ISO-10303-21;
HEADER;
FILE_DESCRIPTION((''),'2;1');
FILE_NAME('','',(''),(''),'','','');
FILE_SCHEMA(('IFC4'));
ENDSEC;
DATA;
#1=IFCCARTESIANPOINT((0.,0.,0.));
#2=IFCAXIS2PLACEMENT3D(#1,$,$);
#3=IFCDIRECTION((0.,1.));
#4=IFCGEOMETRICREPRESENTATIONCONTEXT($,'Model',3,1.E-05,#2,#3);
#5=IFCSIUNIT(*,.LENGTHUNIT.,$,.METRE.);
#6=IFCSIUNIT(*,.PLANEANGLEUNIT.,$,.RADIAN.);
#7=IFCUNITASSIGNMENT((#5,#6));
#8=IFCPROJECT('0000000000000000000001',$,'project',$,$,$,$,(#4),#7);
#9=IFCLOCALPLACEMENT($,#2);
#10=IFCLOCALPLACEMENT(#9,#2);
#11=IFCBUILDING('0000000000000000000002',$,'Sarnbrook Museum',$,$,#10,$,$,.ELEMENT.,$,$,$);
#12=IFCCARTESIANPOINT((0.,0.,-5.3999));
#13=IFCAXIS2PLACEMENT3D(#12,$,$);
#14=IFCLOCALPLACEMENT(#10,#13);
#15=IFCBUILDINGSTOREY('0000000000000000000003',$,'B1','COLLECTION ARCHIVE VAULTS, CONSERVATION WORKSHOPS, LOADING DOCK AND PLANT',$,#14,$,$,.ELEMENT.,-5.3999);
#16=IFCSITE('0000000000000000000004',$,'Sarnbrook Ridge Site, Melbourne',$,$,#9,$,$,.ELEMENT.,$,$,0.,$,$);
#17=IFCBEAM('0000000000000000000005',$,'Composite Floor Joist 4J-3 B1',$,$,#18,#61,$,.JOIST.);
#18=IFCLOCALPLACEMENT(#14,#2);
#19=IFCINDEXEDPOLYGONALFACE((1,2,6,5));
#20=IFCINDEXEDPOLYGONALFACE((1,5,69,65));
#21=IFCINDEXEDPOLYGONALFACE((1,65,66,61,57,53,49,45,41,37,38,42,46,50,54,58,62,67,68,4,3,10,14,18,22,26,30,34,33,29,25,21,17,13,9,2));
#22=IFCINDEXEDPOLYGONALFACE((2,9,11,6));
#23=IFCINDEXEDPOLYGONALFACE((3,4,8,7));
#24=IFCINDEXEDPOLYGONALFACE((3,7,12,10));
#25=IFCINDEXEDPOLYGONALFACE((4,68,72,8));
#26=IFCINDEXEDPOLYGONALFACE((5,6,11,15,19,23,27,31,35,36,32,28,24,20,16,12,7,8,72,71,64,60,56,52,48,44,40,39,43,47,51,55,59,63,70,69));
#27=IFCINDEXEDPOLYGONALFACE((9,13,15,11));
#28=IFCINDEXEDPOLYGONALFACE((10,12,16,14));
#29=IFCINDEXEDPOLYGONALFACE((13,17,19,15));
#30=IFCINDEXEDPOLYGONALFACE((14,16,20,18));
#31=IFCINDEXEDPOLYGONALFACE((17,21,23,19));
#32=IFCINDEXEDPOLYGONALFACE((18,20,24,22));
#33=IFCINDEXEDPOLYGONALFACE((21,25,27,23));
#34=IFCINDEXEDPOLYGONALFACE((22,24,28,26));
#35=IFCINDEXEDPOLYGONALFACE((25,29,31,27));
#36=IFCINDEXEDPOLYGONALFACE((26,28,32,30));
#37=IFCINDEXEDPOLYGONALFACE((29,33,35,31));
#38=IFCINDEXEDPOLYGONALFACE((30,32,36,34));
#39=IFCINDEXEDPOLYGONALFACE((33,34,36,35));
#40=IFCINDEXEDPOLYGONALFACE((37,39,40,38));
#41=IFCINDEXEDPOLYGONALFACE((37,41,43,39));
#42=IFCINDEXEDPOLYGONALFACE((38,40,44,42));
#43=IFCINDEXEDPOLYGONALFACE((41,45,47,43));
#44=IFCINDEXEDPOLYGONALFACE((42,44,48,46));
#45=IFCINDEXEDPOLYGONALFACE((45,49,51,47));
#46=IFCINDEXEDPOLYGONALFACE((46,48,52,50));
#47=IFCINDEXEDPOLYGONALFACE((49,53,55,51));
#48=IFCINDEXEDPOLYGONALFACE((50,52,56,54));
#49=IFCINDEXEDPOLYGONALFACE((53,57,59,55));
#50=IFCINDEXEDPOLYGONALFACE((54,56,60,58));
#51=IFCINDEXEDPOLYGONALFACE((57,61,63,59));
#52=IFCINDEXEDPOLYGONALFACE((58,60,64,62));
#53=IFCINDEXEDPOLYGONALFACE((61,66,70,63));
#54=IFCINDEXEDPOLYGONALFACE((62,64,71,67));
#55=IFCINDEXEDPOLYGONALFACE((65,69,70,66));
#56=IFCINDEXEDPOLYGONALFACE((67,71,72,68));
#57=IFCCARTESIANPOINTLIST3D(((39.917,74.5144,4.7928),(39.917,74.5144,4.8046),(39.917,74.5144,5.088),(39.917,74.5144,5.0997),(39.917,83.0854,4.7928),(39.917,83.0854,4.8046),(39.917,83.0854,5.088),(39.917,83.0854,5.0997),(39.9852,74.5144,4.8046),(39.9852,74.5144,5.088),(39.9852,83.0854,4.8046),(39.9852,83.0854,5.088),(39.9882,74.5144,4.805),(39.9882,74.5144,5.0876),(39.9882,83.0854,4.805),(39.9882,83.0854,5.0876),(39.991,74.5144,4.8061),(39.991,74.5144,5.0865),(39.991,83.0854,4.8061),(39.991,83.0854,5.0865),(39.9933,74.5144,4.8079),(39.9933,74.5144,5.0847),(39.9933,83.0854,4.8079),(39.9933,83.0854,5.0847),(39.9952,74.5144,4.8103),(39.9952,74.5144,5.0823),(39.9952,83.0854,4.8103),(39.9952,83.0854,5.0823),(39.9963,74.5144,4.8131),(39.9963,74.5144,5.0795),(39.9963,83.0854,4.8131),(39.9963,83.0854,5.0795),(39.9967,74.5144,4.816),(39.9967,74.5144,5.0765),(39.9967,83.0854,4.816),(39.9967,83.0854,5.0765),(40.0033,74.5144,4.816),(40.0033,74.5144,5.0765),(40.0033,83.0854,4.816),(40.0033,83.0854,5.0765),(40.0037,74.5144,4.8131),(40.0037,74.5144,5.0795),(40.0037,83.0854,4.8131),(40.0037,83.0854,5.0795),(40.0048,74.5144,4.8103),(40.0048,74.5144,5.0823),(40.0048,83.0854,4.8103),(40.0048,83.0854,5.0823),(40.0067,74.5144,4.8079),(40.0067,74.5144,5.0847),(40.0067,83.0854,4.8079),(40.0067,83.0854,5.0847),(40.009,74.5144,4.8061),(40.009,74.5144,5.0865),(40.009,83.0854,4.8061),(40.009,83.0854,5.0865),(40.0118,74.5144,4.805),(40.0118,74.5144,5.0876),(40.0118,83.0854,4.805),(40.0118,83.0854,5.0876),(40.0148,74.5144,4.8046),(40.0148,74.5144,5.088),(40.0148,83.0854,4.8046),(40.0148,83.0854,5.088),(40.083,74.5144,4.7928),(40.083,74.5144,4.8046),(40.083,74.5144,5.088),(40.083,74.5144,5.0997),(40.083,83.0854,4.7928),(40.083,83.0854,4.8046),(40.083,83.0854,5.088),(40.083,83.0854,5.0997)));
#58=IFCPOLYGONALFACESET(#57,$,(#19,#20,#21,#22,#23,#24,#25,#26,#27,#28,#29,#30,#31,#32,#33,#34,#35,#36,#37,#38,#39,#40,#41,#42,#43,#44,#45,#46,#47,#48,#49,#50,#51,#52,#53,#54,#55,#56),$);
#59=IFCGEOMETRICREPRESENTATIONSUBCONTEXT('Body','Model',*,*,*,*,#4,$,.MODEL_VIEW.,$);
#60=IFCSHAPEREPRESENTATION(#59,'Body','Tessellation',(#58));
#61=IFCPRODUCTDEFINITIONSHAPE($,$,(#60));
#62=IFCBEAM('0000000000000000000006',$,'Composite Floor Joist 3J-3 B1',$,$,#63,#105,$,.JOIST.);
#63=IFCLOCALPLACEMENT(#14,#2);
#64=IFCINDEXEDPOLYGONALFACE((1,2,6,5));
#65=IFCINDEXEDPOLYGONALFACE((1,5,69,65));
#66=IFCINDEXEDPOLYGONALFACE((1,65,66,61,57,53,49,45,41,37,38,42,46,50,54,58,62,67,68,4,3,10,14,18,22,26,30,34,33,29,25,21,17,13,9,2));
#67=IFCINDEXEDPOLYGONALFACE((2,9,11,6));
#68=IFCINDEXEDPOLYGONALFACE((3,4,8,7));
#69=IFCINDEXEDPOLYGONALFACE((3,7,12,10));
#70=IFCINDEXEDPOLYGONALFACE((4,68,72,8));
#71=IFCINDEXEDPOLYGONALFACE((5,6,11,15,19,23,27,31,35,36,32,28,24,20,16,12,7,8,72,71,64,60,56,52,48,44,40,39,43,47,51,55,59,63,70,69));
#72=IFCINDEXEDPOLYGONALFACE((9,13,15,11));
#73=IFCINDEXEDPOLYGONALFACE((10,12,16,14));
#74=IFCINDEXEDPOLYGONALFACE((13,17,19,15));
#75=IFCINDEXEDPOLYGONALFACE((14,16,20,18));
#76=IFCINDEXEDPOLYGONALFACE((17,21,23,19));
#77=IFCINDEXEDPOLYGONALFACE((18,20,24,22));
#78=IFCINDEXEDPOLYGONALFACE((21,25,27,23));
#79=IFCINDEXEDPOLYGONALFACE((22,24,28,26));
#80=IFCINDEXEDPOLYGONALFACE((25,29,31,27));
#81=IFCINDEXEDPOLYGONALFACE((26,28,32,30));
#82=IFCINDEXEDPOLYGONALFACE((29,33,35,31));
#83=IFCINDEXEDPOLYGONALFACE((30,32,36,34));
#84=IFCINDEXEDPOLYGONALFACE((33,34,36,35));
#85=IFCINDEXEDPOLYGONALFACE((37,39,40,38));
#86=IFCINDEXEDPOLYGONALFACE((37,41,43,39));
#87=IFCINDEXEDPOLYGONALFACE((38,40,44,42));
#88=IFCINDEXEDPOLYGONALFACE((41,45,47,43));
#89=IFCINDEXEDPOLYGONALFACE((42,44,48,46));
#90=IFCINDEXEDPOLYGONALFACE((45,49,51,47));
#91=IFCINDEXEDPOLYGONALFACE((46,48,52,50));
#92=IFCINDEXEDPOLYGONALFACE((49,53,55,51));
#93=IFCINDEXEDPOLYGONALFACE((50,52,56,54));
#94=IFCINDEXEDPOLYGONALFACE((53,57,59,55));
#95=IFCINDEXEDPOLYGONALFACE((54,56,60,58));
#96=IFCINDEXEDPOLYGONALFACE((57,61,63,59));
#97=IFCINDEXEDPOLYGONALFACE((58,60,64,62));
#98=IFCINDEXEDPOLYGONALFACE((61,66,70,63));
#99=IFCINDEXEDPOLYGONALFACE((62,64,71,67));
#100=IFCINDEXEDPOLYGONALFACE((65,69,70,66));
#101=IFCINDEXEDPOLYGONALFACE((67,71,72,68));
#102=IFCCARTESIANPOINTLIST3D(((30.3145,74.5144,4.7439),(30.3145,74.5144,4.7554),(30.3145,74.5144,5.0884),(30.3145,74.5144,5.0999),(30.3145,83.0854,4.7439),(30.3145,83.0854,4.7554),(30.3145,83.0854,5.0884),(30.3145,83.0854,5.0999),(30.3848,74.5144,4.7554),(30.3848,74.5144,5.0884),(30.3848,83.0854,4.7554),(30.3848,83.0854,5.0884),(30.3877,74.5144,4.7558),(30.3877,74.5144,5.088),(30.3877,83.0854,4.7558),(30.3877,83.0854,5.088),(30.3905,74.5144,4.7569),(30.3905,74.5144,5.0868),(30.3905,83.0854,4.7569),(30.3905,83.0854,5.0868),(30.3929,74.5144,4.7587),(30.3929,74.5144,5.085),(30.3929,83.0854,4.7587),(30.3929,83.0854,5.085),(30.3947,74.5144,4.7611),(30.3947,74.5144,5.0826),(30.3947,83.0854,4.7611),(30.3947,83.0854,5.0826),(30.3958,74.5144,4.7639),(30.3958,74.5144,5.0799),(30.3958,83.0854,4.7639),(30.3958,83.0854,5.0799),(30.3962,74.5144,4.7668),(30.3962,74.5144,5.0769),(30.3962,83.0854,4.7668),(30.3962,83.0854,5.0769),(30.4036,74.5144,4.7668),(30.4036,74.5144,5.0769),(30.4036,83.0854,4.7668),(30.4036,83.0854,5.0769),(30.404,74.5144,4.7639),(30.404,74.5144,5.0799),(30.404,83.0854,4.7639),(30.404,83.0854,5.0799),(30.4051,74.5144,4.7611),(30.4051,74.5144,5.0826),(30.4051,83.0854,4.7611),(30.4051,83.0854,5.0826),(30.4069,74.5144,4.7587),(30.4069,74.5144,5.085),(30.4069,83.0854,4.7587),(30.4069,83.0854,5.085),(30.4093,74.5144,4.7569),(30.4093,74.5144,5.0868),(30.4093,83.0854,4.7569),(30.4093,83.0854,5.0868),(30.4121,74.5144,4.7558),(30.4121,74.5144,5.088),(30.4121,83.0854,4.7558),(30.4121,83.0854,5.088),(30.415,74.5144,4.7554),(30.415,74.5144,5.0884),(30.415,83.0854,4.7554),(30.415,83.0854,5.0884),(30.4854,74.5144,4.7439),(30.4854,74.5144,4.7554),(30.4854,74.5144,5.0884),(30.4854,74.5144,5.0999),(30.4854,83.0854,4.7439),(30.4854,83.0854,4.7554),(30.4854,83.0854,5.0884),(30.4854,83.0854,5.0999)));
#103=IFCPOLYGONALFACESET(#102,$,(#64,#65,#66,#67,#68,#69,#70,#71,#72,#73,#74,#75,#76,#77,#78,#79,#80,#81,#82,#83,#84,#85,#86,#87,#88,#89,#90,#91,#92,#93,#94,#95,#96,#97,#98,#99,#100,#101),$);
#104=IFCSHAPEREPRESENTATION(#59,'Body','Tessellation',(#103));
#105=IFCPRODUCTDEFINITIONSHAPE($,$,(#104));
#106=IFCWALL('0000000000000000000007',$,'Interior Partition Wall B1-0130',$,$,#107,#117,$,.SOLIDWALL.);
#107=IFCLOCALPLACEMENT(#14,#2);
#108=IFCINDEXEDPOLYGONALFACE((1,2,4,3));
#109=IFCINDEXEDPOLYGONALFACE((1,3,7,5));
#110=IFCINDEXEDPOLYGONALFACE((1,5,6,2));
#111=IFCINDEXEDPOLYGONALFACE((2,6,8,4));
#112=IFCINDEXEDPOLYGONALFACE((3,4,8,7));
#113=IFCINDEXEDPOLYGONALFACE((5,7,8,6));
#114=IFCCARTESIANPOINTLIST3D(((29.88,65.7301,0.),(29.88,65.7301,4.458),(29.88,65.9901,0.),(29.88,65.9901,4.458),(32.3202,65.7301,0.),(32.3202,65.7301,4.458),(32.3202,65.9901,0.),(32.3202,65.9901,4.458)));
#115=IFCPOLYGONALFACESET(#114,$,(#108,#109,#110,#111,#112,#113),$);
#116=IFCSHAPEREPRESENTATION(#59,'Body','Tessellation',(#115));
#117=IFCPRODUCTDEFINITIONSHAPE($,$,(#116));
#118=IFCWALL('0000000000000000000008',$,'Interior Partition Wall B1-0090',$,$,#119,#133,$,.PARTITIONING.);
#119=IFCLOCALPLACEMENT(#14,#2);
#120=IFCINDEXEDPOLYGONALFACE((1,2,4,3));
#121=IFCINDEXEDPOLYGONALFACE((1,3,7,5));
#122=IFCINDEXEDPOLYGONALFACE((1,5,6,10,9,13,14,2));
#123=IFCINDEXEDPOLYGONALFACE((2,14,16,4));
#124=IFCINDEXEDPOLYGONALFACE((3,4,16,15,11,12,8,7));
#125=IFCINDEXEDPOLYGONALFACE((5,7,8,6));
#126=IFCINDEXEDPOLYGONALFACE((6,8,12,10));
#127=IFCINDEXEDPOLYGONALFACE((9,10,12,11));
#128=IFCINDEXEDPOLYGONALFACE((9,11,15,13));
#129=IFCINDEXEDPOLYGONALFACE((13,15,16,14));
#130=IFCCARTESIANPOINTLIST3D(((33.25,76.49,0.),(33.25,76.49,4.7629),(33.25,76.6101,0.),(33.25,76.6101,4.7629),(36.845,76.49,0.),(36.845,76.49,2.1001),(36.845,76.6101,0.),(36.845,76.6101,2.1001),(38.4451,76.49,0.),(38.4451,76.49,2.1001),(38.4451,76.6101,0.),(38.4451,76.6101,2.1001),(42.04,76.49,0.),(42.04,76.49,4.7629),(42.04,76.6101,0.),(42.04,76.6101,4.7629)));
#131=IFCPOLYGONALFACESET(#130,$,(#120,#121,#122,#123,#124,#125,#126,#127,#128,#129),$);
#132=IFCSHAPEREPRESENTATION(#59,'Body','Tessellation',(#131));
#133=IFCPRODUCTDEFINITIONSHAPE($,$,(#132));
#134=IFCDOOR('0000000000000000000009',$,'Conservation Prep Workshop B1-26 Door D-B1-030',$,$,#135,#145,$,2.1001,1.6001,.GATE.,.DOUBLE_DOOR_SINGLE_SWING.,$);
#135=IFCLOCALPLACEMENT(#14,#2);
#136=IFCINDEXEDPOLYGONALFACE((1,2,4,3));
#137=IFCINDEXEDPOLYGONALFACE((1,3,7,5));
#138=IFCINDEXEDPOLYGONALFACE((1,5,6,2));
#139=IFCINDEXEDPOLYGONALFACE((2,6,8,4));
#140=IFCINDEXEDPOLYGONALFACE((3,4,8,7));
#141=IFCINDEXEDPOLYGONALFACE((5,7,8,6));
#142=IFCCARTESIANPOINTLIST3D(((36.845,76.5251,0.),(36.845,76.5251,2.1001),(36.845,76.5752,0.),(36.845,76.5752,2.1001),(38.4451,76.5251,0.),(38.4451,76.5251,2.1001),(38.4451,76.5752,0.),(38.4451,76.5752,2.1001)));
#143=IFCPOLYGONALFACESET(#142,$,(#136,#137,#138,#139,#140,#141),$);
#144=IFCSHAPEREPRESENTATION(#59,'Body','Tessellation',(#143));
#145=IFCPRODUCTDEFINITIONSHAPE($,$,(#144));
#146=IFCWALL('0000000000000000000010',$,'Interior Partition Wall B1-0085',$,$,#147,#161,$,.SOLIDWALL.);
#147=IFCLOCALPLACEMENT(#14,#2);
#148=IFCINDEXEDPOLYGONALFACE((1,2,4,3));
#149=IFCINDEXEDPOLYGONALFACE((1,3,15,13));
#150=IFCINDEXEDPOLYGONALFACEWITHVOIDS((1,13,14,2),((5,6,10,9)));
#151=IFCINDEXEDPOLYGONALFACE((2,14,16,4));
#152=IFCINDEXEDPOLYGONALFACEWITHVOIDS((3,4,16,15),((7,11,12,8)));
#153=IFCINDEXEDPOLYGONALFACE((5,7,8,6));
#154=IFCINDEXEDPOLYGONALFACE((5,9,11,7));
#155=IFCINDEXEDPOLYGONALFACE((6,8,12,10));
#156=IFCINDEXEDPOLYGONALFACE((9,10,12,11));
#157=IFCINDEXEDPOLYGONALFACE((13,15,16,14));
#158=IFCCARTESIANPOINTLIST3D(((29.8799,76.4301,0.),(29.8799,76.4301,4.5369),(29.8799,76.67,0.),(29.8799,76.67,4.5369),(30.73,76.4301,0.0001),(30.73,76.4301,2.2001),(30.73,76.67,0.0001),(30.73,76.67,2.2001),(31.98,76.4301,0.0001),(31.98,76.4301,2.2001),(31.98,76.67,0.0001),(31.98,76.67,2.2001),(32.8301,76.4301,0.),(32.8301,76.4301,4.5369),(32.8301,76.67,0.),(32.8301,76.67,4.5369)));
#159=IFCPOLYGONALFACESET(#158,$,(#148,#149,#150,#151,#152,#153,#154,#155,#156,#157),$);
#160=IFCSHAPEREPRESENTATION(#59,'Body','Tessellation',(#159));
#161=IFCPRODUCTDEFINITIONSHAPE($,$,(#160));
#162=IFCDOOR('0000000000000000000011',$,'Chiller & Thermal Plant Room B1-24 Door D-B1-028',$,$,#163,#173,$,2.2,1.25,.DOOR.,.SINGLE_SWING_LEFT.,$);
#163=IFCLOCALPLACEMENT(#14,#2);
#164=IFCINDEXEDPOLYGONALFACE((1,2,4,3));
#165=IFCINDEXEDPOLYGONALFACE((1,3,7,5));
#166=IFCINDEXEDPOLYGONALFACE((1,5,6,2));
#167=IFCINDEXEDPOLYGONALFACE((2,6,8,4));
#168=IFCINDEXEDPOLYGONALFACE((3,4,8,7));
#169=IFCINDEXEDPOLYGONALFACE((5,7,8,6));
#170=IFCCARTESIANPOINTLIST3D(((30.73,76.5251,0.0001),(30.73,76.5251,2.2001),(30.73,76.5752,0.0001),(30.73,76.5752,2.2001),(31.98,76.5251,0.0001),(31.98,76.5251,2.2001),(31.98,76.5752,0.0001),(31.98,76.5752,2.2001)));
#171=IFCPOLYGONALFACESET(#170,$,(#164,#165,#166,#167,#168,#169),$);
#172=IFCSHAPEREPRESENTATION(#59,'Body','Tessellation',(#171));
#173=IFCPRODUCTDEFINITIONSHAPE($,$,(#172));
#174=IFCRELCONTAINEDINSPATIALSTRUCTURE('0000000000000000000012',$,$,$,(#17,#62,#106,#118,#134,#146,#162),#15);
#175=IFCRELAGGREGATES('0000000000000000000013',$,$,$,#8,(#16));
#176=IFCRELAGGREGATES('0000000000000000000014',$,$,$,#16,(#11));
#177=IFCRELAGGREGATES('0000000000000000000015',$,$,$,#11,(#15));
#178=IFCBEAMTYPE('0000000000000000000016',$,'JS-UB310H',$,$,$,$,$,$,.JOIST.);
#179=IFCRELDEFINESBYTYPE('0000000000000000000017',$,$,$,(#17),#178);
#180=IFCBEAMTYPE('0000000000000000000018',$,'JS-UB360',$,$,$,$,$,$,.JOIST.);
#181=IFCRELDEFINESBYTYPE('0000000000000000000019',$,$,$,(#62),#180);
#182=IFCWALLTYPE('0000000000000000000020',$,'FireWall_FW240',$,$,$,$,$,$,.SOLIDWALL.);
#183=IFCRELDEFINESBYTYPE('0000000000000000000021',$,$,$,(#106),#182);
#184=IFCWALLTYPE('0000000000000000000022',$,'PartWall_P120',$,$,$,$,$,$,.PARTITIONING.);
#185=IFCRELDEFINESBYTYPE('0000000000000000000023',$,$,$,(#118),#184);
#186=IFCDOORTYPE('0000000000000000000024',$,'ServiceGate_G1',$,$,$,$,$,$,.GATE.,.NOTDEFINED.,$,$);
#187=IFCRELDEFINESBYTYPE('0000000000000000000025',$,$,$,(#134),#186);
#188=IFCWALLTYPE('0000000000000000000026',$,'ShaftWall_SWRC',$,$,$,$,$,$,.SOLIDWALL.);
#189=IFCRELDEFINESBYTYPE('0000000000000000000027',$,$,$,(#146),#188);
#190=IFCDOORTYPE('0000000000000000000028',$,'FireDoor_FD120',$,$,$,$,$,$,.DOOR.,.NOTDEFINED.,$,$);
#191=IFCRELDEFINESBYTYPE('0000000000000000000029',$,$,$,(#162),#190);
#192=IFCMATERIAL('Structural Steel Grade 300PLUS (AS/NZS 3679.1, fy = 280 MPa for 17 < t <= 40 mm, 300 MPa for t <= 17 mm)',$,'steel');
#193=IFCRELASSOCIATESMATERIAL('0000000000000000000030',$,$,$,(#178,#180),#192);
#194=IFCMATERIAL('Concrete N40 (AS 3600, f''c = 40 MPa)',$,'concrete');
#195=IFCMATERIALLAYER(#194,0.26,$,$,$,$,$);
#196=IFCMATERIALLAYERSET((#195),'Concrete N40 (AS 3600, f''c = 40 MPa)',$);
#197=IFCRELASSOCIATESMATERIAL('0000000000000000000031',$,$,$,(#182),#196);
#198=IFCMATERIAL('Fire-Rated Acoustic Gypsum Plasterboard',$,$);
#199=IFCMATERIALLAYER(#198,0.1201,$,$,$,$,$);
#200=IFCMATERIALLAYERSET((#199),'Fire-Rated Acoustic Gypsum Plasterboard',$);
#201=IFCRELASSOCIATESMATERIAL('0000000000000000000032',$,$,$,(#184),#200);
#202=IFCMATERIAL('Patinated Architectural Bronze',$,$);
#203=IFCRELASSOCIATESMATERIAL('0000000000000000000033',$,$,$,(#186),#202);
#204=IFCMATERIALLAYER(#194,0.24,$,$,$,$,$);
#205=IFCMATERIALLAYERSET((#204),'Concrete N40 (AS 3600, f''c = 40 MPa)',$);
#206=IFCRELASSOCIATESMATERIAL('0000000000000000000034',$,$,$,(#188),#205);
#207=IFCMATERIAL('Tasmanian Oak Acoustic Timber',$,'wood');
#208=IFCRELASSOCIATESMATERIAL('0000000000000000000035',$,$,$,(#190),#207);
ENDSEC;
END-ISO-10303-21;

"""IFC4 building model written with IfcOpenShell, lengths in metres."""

from ifc_helpers import new_model, si_unit, direction, frame, frame_2d, origin, origin_2d, place, context, subcontext, project, spatial, rectangle, i_section, extrude, material, layer, layer_set, material_profile, profile_set, type_object, element, fill, save


model = new_model("IFC4")

# Units and contexts
model_context = context("Model", 3, precision=1e-05, world=origin(), true_north=direction((0.0, 1.0)))
body_context = subcontext(model_context, "Body", "Model", "MODEL_VIEW")
ifc_project = project(units=[si_unit("LENGTHUNIT", "METRE"), si_unit("PLANEANGLEUNIT", "RADIAN")], contexts=[model_context])

# Site, building, storey
site_placement = place(None, origin())
site = spatial("IfcSite", under=ifc_project, at=site_placement, Name="Sarnbrook Ridge Site, Melbourne", CompositionType="ELEMENT", RefElevation=0.0)
building_placement = place(site_placement, origin())
building = spatial("IfcBuilding", under=site, at=building_placement, Name="Sarnbrook Museum", CompositionType="ELEMENT")
storey_placement = place(building_placement, frame((0.0, 0.0, -5.3999)))
storey = spatial("IfcBuildingStorey", under=building, at=storey_placement, Name="B1", Description="COLLECTION ARCHIVE VAULTS, CONSERVATION WORKSHOPS, LOADING DOCK AND PLANT", CompositionType="ELEMENT", Elevation=-5.3999)

# Shared definitions
ifc_material_1 = material(Name="Concrete N40 (AS 3600, f'c = 40 MPa)", Category="concrete")

# Beams
ifc_material_2 = material(Name="Structural Steel Grade 300PLUS (AS/NZS 3679.1, fy = 280 MPa for 17 < t <= 40 mm, 300 MPa for t <= 17 mm)", Category="steel")
ifc_material_profile_1 = material_profile(ifc_material_2, i_section(OverallWidth=0.166, OverallDepth=0.3069, WebThickness=0.0066, FlangeThickness=0.0117, FilletRadius=0.0115, at=origin_2d()), Name="310UB46.2")
ifc_profile_set_1 = profile_set([ifc_material_profile_1], Name="Structural Steel Grade 300PLUS (AS/NZS 3679.1, fy = 280 MPa for 17 < t <= 40 mm, 300 MPa for t <= 17 mm)")
beam_type_1 = type_object("IfcBeamType", Name="JS-UB310H", PredefinedType="JOIST", material=ifc_profile_set_1)
for number, where, z_axis, x_axis, name in (
    (1, (40.0, 74.5144, 4.9463), (0.0, 1.0, 0.0), (-1.0, 0.0, 0.0), "Composite Floor Joist 4J-3 B1"),
):
    element("IfcBeam", number, at=place(storey_placement, frame(where, z_axis=z_axis, x_axis=x_axis)), inside=storey, type_object=beam_type_1, Name=name, PredefinedType="JOIST", context=body_context, shape_type="SweptSolid", body=[
        extrude(i_section(OverallWidth=0.166, OverallDepth=0.3069, WebThickness=0.0066, FlangeThickness=0.0117, FilletRadius=0.0115, at=origin_2d()), origin(), (0.0, 0.0, 1.0), 8.571),
    ])
ifc_material_profile_2 = material_profile(ifc_material_2, i_section(OverallWidth=0.1709, OverallDepth=0.356, WebThickness=0.0073, FlangeThickness=0.0115, FilletRadius=0.0115, at=origin_2d()), Name="360UB50.7")
ifc_profile_set_2 = profile_set([ifc_material_profile_2], Name="Structural Steel Grade 300PLUS (AS/NZS 3679.1, fy = 280 MPa for 17 < t <= 40 mm, 300 MPa for t <= 17 mm)")
beam_type_2 = type_object("IfcBeamType", Name="JS-UB360", PredefinedType="JOIST", material=ifc_profile_set_2)
beam_1_placement = place(storey_placement, frame((30.3999, 74.5144, 4.9219), z_axis=(0.0, 1.0, 0.0), x_axis=(-1.0, 0.0, 0.0)))
element("IfcBeam", 2, at=beam_1_placement, inside=storey, type_object=beam_type_2, Name="Composite Floor Joist 3J-3 B1", PredefinedType="JOIST", context=body_context, shape_type="SweptSolid", body=[
    extrude(i_section(OverallWidth=0.1709, OverallDepth=0.356, WebThickness=0.0073, FlangeThickness=0.0115, FilletRadius=0.0115, at=origin_2d()), origin(), (0.0, 0.0, 1.0), 8.571),
])

# Wall
ifc_layer_1 = layer(ifc_material_1, 0.26)
ifc_layer_set_1 = layer_set([ifc_layer_1], Name="Concrete N40 (AS 3600, f'c = 40 MPa)")
wall_type_1 = type_object("IfcWallType", Name="FireWall_FW240", PredefinedType="SOLIDWALL", material=ifc_layer_set_1)
wall_1_placement = place(storey_placement, frame((29.8799, 65.8601, 0.0), z_axis=(0.0, 0.0, 1.0), x_axis=(1.0, 0.0, 0.0)))
element("IfcWall", 3, at=wall_1_placement, inside=storey, type_object=wall_type_1, Name="Interior Partition Wall B1-0130", PredefinedType="SOLIDWALL", context=body_context, shape_type="SweptSolid", body=[
    extrude(rectangle(XDim=2.4402, YDim=0.26, at=frame_2d((1.2202, 0.0))), origin(), (0.0, 0.0, 1.0), 4.458),
])

# Walls, openings, doors
ifc_material_3 = material(Name="Fire-Rated Acoustic Gypsum Plasterboard")
ifc_layer_2 = layer(ifc_material_3, 0.1201)
ifc_layer_set_2 = layer_set([ifc_layer_2], Name="Fire-Rated Acoustic Gypsum Plasterboard")
wall_type_2 = type_object("IfcWallType", Name="PartWall_P120", PredefinedType="PARTITIONING", material=ifc_layer_set_2)
wall_2_placement = place(storey_placement, frame((33.25, 76.55, 0.0), z_axis=(0.0, 0.0, 1.0), x_axis=(1.0, 0.0, 0.0)))
wall_2 = element("IfcWall", 4, at=wall_2_placement, inside=storey, type_object=wall_type_2, Name="Interior Partition Wall B1-0090", PredefinedType="PARTITIONING", context=body_context, shape_type="SweptSolid", body=[
    extrude(rectangle(XDim=8.79, YDim=0.1201, at=frame_2d((4.395, 0.0))), origin(), (0.0, 0.0, 1.0), 4.7629),
])
opening_1_placement = place(wall_2_placement, frame((3.595, 0.0, 0.0)))
opening_1 = element("IfcOpeningElement", 5, at=opening_1_placement, cuts=wall_2, PredefinedType="OPENING", context=body_context, shape_type="SweptSolid", body=[
    extrude(rectangle(XDim=1.6001, YDim=2.1001, at=frame_2d((0.8, 1.05))), frame((0.0, 0.0701, 0.0), z_axis=(0.0, -1.0, 0.0), x_axis=(1.0, 0.0, 0.0)), (0.0, 0.0, 1.0), 0.1401),
])
ifc_material_4 = material(Name="Patinated Architectural Bronze")
door_type_1 = type_object("IfcDoorType", Name="ServiceGate_G1", OperationType="NOTDEFINED", PredefinedType="GATE", material=ifc_material_4)
door_1_placement = place(opening_1_placement, frame((1.6001, 0.0, 0.0), z_axis=(0.0, 0.0, 1.0), x_axis=(-1.0, 0.0, 0.0)))
door_1 = element("IfcDoor", 6, at=door_1_placement, inside=storey, type_object=door_type_1, Name="Conservation Prep Workshop B1-26 Door D-B1-030", OperationType="DOUBLE_DOOR_SINGLE_SWING", OverallHeight=2.1001, OverallWidth=1.6001, PredefinedType="GATE", context=body_context, shape_type="SweptSolid", body=[
    extrude(rectangle(XDim=1.6001, YDim=2.1001, at=frame_2d((0.8, 1.05))), frame((0.0, 0.0249, 0.0), z_axis=(0.0, -1.0, 0.0), x_axis=(1.0, 0.0, 0.0)), (0.0, 0.0, 1.0), 0.05),
])
fill(opening_1, door_1)
ifc_layer_3 = layer(ifc_material_1, 0.24)
ifc_layer_set_3 = layer_set([ifc_layer_3], Name="Concrete N40 (AS 3600, f'c = 40 MPa)")
wall_type_3 = type_object("IfcWallType", Name="ShaftWall_SWRC", PredefinedType="SOLIDWALL", material=ifc_layer_set_3)
wall_3_placement = place(storey_placement, frame((29.8799, 76.55, 0.0), z_axis=(0.0, 0.0, 1.0), x_axis=(1.0, 0.0, 0.0)))
wall_3 = element("IfcWall", 7, at=wall_3_placement, inside=storey, type_object=wall_type_3, Name="Interior Partition Wall B1-0085", PredefinedType="SOLIDWALL", context=body_context, shape_type="SweptSolid", body=[
    extrude(rectangle(XDim=2.9502, YDim=0.24, at=frame_2d((1.4751, 0.0))), origin(), (0.0, 0.0, 1.0), 4.5369),
])
opening_2_placement = place(wall_3_placement, frame((0.8501, 0.0, 0.0)))
opening_2 = element("IfcOpeningElement", 8, at=opening_2_placement, cuts=wall_3, PredefinedType="OPENING", context=body_context, shape_type="SweptSolid", body=[
    extrude(rectangle(XDim=1.25, YDim=2.2, at=frame_2d((0.625, 1.1001))), frame((0.0, 0.1299, 0.0), z_axis=(0.0, -1.0, 0.0), x_axis=(1.0, 0.0, 0.0)), (0.0, 0.0, 1.0), 0.26),
])
ifc_material_5 = material(Name="Tasmanian Oak Acoustic Timber", Category="wood")
door_type_2 = type_object("IfcDoorType", Name="FireDoor_FD120", OperationType="NOTDEFINED", PredefinedType="DOOR", material=ifc_material_5)
door_2_placement = place(opening_2_placement, frame((1.25, 0.0, 0.0), z_axis=(0.0, 0.0, 1.0), x_axis=(-1.0, 0.0, 0.0)))
door_2 = element("IfcDoor", 9, at=door_2_placement, inside=storey, type_object=door_type_2, Name="Chiller & Thermal Plant Room B1-24 Door D-B1-028", OperationType="SINGLE_SWING_LEFT", OverallHeight=2.2, OverallWidth=1.25, PredefinedType="DOOR", context=body_context, shape_type="SweptSolid", body=[
    extrude(rectangle(XDim=1.25, YDim=2.2, at=frame_2d((0.625, 1.1001))), frame((0.0, 0.0249, 0.0), z_axis=(0.0, -1.0, 0.0), x_axis=(1.0, 0.0, 0.0)), (0.0, 0.0, 1.0), 0.05),
])
fill(opening_2, door_2)

save(model, "model.ifc")
